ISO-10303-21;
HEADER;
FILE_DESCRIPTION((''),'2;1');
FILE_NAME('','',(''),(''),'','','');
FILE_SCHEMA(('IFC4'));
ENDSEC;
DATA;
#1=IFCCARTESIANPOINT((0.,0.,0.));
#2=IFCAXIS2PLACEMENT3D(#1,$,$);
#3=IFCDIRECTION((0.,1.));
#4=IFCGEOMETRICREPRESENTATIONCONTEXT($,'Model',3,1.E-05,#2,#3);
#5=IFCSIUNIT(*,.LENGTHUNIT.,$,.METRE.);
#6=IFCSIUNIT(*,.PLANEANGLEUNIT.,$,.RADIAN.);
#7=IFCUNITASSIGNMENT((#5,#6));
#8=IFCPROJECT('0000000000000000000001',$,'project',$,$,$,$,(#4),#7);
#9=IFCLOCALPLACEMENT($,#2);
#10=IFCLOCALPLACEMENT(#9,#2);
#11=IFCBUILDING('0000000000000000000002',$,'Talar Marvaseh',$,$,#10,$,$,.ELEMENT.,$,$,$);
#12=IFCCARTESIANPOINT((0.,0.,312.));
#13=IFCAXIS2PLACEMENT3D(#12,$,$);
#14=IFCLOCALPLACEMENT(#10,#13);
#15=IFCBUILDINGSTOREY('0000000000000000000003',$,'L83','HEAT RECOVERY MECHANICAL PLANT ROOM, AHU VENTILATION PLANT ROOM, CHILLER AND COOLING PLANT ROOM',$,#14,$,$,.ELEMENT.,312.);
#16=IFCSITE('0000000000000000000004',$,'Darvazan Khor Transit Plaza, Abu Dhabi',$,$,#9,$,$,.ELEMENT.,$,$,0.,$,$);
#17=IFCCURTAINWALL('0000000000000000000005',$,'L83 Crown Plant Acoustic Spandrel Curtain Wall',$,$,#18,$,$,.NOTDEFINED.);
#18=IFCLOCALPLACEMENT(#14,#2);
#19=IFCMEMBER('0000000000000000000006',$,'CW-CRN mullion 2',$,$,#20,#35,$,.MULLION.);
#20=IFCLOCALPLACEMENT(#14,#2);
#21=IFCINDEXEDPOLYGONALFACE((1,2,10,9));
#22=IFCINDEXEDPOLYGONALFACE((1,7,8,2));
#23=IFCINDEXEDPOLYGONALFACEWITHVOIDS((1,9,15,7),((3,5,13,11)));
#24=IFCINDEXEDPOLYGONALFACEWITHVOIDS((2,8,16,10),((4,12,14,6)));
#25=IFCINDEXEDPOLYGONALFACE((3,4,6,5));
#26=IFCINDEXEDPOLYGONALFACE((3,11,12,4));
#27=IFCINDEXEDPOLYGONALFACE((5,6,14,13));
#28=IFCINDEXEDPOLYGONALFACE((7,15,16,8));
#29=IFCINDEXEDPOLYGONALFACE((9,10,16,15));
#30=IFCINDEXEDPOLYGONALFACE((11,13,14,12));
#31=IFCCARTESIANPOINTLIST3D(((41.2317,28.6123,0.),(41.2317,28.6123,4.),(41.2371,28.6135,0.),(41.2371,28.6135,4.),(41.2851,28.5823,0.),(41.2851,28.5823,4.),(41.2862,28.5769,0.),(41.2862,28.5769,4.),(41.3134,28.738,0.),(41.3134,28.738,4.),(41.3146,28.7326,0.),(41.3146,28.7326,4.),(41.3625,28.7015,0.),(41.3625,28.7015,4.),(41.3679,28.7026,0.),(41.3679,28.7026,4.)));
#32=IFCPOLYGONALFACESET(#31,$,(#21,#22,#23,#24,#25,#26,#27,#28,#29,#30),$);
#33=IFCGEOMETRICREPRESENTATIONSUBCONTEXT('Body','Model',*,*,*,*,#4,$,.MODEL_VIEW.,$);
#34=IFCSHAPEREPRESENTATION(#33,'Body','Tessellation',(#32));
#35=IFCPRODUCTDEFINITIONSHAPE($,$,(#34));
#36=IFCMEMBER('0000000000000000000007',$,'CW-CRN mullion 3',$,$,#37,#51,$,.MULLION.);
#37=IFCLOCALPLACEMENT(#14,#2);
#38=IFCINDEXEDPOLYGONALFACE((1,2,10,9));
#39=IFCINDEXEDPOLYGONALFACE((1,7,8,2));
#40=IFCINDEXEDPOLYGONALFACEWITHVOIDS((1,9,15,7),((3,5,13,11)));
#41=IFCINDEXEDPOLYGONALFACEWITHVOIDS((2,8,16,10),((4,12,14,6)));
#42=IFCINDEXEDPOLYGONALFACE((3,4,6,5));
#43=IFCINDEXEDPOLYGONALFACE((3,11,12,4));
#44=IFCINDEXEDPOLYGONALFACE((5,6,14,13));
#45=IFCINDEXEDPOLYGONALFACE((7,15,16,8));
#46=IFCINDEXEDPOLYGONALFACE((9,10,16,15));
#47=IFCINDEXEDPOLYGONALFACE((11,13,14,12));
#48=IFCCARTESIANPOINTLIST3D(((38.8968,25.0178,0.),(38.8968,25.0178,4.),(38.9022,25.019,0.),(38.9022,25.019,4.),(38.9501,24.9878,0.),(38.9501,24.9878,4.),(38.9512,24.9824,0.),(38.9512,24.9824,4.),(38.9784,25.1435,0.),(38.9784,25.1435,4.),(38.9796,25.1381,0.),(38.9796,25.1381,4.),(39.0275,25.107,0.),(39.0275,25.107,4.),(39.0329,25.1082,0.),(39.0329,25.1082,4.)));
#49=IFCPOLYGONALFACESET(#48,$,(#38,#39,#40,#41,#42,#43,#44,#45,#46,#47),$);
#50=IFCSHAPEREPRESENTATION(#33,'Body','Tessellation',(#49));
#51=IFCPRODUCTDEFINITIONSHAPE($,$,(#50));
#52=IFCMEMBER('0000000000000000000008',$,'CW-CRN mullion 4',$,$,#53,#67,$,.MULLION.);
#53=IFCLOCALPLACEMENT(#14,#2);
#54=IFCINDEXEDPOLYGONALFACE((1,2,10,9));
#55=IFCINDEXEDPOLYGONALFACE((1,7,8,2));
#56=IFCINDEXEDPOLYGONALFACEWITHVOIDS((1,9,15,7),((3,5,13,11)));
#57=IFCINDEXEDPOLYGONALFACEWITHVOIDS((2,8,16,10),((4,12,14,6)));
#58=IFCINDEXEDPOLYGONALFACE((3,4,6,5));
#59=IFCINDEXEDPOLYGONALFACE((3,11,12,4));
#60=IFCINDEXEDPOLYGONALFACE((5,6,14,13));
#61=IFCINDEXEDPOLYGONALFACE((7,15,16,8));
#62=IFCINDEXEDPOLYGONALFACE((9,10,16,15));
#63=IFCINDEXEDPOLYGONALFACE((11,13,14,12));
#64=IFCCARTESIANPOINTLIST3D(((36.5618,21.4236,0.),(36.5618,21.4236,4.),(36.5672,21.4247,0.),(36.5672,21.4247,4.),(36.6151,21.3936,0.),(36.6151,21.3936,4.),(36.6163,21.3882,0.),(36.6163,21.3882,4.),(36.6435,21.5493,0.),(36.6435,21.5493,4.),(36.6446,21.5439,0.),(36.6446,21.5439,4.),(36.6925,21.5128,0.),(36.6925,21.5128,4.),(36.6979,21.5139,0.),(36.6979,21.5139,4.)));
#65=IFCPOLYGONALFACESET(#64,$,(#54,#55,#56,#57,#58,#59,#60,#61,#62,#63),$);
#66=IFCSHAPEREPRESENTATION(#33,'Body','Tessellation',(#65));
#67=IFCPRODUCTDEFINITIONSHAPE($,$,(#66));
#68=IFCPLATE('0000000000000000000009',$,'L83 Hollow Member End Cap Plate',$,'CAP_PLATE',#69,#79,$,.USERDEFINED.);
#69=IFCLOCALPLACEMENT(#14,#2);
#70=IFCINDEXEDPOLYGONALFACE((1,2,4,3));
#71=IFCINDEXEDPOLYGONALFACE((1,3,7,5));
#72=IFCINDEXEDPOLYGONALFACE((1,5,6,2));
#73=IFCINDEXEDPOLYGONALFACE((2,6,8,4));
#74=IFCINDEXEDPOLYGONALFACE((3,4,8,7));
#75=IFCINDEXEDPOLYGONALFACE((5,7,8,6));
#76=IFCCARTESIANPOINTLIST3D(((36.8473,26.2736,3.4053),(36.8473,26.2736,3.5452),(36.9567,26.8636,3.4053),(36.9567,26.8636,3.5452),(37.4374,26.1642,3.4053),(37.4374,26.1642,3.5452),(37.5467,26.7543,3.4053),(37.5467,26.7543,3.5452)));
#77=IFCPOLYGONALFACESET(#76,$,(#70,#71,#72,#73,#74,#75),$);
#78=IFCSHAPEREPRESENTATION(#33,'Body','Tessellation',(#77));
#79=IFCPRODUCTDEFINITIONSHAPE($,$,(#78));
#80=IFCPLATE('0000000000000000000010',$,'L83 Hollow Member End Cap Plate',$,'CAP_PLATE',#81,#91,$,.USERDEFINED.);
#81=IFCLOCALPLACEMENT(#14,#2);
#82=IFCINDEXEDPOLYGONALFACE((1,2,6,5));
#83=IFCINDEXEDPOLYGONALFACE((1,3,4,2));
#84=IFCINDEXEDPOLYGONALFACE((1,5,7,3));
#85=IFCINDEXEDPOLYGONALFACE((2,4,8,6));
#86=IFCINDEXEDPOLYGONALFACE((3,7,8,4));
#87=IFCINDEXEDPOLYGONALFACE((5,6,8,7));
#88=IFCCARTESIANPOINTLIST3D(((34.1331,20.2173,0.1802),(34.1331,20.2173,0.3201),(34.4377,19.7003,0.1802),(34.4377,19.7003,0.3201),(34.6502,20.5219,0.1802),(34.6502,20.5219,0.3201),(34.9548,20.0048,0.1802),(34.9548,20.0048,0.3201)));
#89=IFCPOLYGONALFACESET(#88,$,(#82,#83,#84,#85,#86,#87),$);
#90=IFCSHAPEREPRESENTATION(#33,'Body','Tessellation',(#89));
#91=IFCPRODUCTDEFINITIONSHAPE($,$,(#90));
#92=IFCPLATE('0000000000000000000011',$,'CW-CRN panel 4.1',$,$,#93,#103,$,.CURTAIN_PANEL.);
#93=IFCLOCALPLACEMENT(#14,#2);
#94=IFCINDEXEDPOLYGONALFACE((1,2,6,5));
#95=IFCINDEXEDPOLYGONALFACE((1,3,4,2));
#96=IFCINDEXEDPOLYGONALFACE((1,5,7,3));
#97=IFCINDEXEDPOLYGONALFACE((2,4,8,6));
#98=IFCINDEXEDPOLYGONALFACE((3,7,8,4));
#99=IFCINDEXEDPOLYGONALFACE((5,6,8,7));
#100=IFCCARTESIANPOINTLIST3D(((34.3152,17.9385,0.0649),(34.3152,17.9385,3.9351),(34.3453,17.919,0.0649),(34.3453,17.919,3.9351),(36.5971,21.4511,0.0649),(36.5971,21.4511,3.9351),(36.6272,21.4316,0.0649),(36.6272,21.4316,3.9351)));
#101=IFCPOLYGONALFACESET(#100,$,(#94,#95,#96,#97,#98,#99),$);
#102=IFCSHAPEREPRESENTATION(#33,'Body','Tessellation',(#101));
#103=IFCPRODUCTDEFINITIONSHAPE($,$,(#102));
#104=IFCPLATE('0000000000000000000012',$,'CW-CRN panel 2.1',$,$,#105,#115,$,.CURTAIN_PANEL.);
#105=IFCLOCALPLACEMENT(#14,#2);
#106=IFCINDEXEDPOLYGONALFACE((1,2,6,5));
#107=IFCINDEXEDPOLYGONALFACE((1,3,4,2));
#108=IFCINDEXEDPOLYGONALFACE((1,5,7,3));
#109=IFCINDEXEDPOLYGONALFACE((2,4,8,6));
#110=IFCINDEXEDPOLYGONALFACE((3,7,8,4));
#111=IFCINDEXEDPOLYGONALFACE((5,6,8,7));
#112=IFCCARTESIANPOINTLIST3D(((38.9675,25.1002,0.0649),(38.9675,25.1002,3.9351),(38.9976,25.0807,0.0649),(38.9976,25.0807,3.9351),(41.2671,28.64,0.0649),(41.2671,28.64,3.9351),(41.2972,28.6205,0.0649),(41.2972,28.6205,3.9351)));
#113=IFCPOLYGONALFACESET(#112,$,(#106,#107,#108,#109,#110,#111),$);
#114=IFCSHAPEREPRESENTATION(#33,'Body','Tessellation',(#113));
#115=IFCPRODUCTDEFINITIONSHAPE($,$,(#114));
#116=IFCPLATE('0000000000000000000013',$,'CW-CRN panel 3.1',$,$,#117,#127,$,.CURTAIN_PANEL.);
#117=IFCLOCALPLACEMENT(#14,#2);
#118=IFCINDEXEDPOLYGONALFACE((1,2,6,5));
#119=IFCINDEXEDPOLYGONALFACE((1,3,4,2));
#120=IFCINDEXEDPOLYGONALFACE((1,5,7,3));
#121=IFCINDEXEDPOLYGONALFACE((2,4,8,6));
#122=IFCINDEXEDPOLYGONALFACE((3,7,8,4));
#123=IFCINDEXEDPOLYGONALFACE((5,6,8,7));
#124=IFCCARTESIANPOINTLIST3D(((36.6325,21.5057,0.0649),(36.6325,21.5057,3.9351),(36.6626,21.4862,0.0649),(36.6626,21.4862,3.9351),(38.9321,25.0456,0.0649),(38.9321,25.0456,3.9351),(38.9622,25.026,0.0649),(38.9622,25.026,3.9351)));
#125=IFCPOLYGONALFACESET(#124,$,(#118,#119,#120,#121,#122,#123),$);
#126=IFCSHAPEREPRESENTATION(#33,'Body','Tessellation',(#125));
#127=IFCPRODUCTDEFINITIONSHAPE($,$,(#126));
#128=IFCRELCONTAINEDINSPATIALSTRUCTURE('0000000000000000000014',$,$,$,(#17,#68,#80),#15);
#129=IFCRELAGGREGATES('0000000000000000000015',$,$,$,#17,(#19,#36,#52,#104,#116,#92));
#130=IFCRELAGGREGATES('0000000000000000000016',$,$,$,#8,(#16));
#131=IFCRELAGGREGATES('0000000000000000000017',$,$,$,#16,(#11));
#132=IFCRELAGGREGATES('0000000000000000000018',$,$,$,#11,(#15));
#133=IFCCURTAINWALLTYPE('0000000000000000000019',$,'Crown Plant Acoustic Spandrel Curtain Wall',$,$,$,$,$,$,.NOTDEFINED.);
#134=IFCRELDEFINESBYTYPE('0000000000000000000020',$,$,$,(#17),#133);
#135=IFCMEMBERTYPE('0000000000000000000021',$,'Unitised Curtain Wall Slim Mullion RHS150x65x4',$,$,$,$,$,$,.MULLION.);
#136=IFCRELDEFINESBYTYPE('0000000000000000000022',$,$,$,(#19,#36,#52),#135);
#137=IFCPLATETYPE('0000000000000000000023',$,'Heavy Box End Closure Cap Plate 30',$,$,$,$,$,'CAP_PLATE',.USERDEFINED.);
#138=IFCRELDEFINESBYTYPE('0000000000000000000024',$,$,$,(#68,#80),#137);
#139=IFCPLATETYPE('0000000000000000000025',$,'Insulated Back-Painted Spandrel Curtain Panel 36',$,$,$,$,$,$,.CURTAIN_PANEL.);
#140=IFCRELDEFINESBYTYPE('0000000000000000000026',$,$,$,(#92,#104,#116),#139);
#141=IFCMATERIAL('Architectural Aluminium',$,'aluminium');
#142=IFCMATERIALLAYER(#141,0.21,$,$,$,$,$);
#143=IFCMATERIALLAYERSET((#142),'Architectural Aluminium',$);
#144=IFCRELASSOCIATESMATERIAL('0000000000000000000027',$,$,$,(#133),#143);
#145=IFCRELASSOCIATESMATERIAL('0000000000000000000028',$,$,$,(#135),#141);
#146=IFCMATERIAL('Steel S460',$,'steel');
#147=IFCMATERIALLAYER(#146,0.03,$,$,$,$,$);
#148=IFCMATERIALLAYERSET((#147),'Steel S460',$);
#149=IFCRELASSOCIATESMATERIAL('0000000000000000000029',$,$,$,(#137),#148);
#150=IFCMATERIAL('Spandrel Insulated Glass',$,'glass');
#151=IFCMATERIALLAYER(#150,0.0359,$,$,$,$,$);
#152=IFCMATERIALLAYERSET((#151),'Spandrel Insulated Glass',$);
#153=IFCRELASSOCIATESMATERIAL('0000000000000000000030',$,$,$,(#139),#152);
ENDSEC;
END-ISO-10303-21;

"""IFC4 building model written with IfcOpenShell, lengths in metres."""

from ifc_helpers import new_model, si_unit, direction, frame, origin, origin_2d, place, context, subcontext, project, spatial, rectangle, hollow_rectangle, extrude, source, transform, mapped, material, layer, layer_set, material_profile, profile_set, type_object, type_shapes, element, aggregate, save


model = new_model("IFC4")

# Units and contexts
model_context = context("Model", 3, precision=1e-05, world=origin(), true_north=direction((0.0, 1.0)))
body_context = subcontext(model_context, "Body", "Model", "MODEL_VIEW")
ifc_project = project(units=[si_unit("LENGTHUNIT", "METRE"), si_unit("PLANEANGLEUNIT", "RADIAN")], contexts=[model_context])

# Site, building, storey
site_placement = place(None, origin())
site = spatial("IfcSite", under=ifc_project, at=site_placement, Name="Darvazan Khor Transit Plaza, Abu Dhabi", CompositionType="ELEMENT", RefElevation=0.0)
building_placement = place(site_placement, origin())
building = spatial("IfcBuilding", under=site, at=building_placement, Name="Talar Marvaseh", CompositionType="ELEMENT")
storey_placement = place(building_placement, frame((0.0, 0.0, 312.0)))
storey = spatial("IfcBuildingStorey", under=building, at=storey_placement, Name="L83", Description="HEAT RECOVERY MECHANICAL PLANT ROOM, AHU VENTILATION PLANT ROOM, CHILLER AND COOLING PLANT ROOM", CompositionType="ELEMENT", Elevation=312.0)

# Shared definitions
ifc_material_1 = material(Name="Steel S460", Category="steel")

# Curtain wall, members
ifc_material_2 = material(Name="Architectural Aluminium", Category="aluminium")
ifc_layer_1 = layer(ifc_material_2, 0.21)
ifc_layer_set_1 = layer_set([ifc_layer_1], Name="Architectural Aluminium")
curtain_wall_type = type_object("IfcCurtainWallType", Name="Crown Plant Acoustic Spandrel Curtain Wall", PredefinedType="NOTDEFINED", material=ifc_layer_set_1)
curtain_wall_placement = place(storey_placement, origin())
curtain_wall = element("IfcCurtainWall", 1, at=curtain_wall_placement, inside=storey, type_object=curtain_wall_type, Name="L83 Crown Plant Acoustic Spandrel Curtain Wall", PredefinedType="NOTDEFINED")
ifc_material_profile_1 = material_profile(ifc_material_2, hollow_rectangle(XDim=0.0649, YDim=0.1499, WallThickness=0.0039, at=origin_2d()), Name="RHS150x65x4")
ifc_profile_set_1 = profile_set([ifc_material_profile_1], Name="Architectural Aluminium")
member_type_1 = type_object("IfcMemberType", Name="Unitised Curtain Wall Slim Mullion RHS150x65x4", PredefinedType="MULLION", material=ifc_profile_set_1)
shared_shape_1 = source(origin(), body_context, "Body", "SweptSolid", [
    extrude(hollow_rectangle(XDim=0.0649, YDim=0.1499, WallThickness=0.0039, at=origin_2d()), origin(), (0.0, 0.0, 1.0), 4.0),
])
type_shapes(member_type_1, [shared_shape_1])
member_1_placement = place(storey_placement, frame((41.2998, 28.6575, 0.0), z_axis=(0.0, 0.0, 1.0), x_axis=(0.838586, -0.544769, 0.0)))
member_1 = element("IfcMember", 2, at=member_1_placement, type_object=member_type_1, Name="CW-CRN mullion 2", PredefinedType="MULLION", context=body_context, shape_type="MappedRepresentation", body=[
    mapped(shared_shape_1, transform((0.0, 0.0, 0.0), x_axis=(1.0, 0.0, 0.0), y_axis=(0.0, 1.0, 0.0), z_axis=(0.0, 0.0, 1.0), scale=1.0)),
])
member_2_placement = place(storey_placement, frame((38.9648, 25.063, 0.0), z_axis=(0.0, 0.0, 1.0), x_axis=(0.838586, -0.544769, 0.0)))
member_2 = element("IfcMember", 3, at=member_2_placement, type_object=member_type_1, Name="CW-CRN mullion 3", PredefinedType="MULLION", context=body_context, shape_type="MappedRepresentation", body=[
    mapped(shared_shape_1, transform((0.0, 0.0, 0.0), x_axis=(1.0, 0.0, 0.0), y_axis=(0.0, 1.0, 0.0), z_axis=(0.0, 0.0, 1.0), scale=1.0)),
])
member_3_placement = place(storey_placement, frame((36.6299, 21.4688, 0.0), z_axis=(0.0, 0.0, 1.0), x_axis=(0.838586, -0.544769, 0.0)))
member_3 = element("IfcMember", 4, at=member_3_placement, type_object=member_type_1, Name="CW-CRN mullion 4", PredefinedType="MULLION", context=body_context, shape_type="MappedRepresentation", body=[
    mapped(shared_shape_1, transform((0.0, 0.0, 0.0), x_axis=(1.0, 0.0, 0.0), y_axis=(0.0, 1.0, 0.0), z_axis=(0.0, 0.0, 1.0), scale=1.0)),
])

# Plates
ifc_layer_2 = layer(ifc_material_1, 0.03)
ifc_layer_set_2 = layer_set([ifc_layer_2], Name="Steel S460")
plate_type_1 = type_object("IfcPlateType", Name="Heavy Box End Closure Cap Plate 30", ElementType="CAP_PLATE", PredefinedType="USERDEFINED", material=ifc_layer_set_2)
shared_shape_2 = source(origin(), body_context, "Body", "SweptSolid", [
    extrude(rectangle(XDim=0.6001, YDim=0.6001, at=origin_2d()), origin(), (0.0, 0.0, 1.0), 0.1399),
])
type_shapes(plate_type_1, [shared_shape_2])
for number, where, z_axis, x_axis, name in (
    (5, (37.197, 26.5139, 3.4053), (0.0, 0.0, 1.0), (-0.182236, -0.983255, 0.0), "L83 Hollow Member End Cap Plate"),
    (6, (34.5439, 20.1111, 0.1802), (0.0, 0.0, 1.0), (-0.861629, -0.507538, 0.0), "L83 Hollow Member End Cap Plate"),
):
    element("IfcPlate", number, at=place(storey_placement, frame(where, z_axis=z_axis, x_axis=x_axis)), inside=storey, type_object=plate_type_1, Name=name, ObjectType="CAP_PLATE", PredefinedType="USERDEFINED", context=body_context, shape_type="MappedRepresentation", body=[
        mapped(shared_shape_2, transform((0.0, 0.0, 0.0), x_axis=(1.0, 0.0, 0.0), y_axis=(0.0, 1.0, 0.0), z_axis=(0.0, 0.0, 1.0), scale=1.0)),
    ])

# Plates
ifc_material_3 = material(Name="Spandrel Insulated Glass", Category="glass")
ifc_layer_3 = layer(ifc_material_3, 0.0359)
ifc_layer_set_3 = layer_set([ifc_layer_3], Name="Spandrel Insulated Glass")
plate_type_2 = type_object("IfcPlateType", Name="Insulated Back-Painted Spandrel Curtain Panel 36", PredefinedType="CURTAIN_PANEL", material=ifc_layer_set_3)
shared_shape_3 = source(origin(), body_context, "Body", "SweptSolid", [
    extrude(rectangle(XDim=4.1887, YDim=0.0359, at=origin_2d()), origin(), (0.0, 0.0, 1.0), 3.8701),
])
plate_1_placement = place(storey_placement, frame((35.4712, 19.6851, 0.0649), z_axis=(0.0, 0.0, 1.0), x_axis=(-0.544769, -0.838586, 0.0)))
plate_1 = element("IfcPlate", 7, at=plate_1_placement, type_object=plate_type_2, Name="CW-CRN panel 4.1", PredefinedType="CURTAIN_PANEL", context=body_context, shape_type="MappedRepresentation", body=[
    mapped(shared_shape_3, transform((0.0, 0.0, 0.0), x_axis=(1.0, 0.0, 0.0), y_axis=(0.0, 1.0, 0.0), z_axis=(0.0, 0.0, 1.0), scale=1.0)),
])
shared_shape_4 = source(origin(), body_context, "Body", "SweptSolid", [
    extrude(rectangle(XDim=4.2212, YDim=0.0359, at=origin_2d()), origin(), (0.0, 0.0, 1.0), 3.8701),
])
type_shapes(plate_type_2, [shared_shape_3, shared_shape_4])
plate_2_placement = place(storey_placement, frame((40.1323, 26.8604, 0.0649), z_axis=(0.0, 0.0, 1.0), x_axis=(-0.544769, -0.838586, 0.0)))
plate_2 = element("IfcPlate", 8, at=plate_2_placement, type_object=plate_type_2, Name="CW-CRN panel 2.1", PredefinedType="CURTAIN_PANEL", context=body_context, shape_type="MappedRepresentation", body=[
    mapped(shared_shape_4, transform((0.0, 0.0, 0.0), x_axis=(1.0, 0.0, 0.0), y_axis=(0.0, 1.0, 0.0), z_axis=(0.0, 0.0, 1.0), scale=1.0)),
])
plate_3_placement = place(storey_placement, frame((37.7974, 23.2659, 0.0649), z_axis=(0.0, 0.0, 1.0), x_axis=(-0.544769, -0.838586, 0.0)))
plate_3 = element("IfcPlate", 9, at=plate_3_placement, type_object=plate_type_2, Name="CW-CRN panel 3.1", PredefinedType="CURTAIN_PANEL", context=body_context, shape_type="MappedRepresentation", body=[
    mapped(shared_shape_4, transform((0.0, 0.0, 0.0), x_axis=(1.0, 0.0, 0.0), y_axis=(0.0, 1.0, 0.0), z_axis=(0.0, 0.0, 1.0), scale=1.0)),
])
aggregate(curtain_wall, [member_1, member_2, member_3, plate_2, plate_3, plate_1])

save(model, "model.ifc")
